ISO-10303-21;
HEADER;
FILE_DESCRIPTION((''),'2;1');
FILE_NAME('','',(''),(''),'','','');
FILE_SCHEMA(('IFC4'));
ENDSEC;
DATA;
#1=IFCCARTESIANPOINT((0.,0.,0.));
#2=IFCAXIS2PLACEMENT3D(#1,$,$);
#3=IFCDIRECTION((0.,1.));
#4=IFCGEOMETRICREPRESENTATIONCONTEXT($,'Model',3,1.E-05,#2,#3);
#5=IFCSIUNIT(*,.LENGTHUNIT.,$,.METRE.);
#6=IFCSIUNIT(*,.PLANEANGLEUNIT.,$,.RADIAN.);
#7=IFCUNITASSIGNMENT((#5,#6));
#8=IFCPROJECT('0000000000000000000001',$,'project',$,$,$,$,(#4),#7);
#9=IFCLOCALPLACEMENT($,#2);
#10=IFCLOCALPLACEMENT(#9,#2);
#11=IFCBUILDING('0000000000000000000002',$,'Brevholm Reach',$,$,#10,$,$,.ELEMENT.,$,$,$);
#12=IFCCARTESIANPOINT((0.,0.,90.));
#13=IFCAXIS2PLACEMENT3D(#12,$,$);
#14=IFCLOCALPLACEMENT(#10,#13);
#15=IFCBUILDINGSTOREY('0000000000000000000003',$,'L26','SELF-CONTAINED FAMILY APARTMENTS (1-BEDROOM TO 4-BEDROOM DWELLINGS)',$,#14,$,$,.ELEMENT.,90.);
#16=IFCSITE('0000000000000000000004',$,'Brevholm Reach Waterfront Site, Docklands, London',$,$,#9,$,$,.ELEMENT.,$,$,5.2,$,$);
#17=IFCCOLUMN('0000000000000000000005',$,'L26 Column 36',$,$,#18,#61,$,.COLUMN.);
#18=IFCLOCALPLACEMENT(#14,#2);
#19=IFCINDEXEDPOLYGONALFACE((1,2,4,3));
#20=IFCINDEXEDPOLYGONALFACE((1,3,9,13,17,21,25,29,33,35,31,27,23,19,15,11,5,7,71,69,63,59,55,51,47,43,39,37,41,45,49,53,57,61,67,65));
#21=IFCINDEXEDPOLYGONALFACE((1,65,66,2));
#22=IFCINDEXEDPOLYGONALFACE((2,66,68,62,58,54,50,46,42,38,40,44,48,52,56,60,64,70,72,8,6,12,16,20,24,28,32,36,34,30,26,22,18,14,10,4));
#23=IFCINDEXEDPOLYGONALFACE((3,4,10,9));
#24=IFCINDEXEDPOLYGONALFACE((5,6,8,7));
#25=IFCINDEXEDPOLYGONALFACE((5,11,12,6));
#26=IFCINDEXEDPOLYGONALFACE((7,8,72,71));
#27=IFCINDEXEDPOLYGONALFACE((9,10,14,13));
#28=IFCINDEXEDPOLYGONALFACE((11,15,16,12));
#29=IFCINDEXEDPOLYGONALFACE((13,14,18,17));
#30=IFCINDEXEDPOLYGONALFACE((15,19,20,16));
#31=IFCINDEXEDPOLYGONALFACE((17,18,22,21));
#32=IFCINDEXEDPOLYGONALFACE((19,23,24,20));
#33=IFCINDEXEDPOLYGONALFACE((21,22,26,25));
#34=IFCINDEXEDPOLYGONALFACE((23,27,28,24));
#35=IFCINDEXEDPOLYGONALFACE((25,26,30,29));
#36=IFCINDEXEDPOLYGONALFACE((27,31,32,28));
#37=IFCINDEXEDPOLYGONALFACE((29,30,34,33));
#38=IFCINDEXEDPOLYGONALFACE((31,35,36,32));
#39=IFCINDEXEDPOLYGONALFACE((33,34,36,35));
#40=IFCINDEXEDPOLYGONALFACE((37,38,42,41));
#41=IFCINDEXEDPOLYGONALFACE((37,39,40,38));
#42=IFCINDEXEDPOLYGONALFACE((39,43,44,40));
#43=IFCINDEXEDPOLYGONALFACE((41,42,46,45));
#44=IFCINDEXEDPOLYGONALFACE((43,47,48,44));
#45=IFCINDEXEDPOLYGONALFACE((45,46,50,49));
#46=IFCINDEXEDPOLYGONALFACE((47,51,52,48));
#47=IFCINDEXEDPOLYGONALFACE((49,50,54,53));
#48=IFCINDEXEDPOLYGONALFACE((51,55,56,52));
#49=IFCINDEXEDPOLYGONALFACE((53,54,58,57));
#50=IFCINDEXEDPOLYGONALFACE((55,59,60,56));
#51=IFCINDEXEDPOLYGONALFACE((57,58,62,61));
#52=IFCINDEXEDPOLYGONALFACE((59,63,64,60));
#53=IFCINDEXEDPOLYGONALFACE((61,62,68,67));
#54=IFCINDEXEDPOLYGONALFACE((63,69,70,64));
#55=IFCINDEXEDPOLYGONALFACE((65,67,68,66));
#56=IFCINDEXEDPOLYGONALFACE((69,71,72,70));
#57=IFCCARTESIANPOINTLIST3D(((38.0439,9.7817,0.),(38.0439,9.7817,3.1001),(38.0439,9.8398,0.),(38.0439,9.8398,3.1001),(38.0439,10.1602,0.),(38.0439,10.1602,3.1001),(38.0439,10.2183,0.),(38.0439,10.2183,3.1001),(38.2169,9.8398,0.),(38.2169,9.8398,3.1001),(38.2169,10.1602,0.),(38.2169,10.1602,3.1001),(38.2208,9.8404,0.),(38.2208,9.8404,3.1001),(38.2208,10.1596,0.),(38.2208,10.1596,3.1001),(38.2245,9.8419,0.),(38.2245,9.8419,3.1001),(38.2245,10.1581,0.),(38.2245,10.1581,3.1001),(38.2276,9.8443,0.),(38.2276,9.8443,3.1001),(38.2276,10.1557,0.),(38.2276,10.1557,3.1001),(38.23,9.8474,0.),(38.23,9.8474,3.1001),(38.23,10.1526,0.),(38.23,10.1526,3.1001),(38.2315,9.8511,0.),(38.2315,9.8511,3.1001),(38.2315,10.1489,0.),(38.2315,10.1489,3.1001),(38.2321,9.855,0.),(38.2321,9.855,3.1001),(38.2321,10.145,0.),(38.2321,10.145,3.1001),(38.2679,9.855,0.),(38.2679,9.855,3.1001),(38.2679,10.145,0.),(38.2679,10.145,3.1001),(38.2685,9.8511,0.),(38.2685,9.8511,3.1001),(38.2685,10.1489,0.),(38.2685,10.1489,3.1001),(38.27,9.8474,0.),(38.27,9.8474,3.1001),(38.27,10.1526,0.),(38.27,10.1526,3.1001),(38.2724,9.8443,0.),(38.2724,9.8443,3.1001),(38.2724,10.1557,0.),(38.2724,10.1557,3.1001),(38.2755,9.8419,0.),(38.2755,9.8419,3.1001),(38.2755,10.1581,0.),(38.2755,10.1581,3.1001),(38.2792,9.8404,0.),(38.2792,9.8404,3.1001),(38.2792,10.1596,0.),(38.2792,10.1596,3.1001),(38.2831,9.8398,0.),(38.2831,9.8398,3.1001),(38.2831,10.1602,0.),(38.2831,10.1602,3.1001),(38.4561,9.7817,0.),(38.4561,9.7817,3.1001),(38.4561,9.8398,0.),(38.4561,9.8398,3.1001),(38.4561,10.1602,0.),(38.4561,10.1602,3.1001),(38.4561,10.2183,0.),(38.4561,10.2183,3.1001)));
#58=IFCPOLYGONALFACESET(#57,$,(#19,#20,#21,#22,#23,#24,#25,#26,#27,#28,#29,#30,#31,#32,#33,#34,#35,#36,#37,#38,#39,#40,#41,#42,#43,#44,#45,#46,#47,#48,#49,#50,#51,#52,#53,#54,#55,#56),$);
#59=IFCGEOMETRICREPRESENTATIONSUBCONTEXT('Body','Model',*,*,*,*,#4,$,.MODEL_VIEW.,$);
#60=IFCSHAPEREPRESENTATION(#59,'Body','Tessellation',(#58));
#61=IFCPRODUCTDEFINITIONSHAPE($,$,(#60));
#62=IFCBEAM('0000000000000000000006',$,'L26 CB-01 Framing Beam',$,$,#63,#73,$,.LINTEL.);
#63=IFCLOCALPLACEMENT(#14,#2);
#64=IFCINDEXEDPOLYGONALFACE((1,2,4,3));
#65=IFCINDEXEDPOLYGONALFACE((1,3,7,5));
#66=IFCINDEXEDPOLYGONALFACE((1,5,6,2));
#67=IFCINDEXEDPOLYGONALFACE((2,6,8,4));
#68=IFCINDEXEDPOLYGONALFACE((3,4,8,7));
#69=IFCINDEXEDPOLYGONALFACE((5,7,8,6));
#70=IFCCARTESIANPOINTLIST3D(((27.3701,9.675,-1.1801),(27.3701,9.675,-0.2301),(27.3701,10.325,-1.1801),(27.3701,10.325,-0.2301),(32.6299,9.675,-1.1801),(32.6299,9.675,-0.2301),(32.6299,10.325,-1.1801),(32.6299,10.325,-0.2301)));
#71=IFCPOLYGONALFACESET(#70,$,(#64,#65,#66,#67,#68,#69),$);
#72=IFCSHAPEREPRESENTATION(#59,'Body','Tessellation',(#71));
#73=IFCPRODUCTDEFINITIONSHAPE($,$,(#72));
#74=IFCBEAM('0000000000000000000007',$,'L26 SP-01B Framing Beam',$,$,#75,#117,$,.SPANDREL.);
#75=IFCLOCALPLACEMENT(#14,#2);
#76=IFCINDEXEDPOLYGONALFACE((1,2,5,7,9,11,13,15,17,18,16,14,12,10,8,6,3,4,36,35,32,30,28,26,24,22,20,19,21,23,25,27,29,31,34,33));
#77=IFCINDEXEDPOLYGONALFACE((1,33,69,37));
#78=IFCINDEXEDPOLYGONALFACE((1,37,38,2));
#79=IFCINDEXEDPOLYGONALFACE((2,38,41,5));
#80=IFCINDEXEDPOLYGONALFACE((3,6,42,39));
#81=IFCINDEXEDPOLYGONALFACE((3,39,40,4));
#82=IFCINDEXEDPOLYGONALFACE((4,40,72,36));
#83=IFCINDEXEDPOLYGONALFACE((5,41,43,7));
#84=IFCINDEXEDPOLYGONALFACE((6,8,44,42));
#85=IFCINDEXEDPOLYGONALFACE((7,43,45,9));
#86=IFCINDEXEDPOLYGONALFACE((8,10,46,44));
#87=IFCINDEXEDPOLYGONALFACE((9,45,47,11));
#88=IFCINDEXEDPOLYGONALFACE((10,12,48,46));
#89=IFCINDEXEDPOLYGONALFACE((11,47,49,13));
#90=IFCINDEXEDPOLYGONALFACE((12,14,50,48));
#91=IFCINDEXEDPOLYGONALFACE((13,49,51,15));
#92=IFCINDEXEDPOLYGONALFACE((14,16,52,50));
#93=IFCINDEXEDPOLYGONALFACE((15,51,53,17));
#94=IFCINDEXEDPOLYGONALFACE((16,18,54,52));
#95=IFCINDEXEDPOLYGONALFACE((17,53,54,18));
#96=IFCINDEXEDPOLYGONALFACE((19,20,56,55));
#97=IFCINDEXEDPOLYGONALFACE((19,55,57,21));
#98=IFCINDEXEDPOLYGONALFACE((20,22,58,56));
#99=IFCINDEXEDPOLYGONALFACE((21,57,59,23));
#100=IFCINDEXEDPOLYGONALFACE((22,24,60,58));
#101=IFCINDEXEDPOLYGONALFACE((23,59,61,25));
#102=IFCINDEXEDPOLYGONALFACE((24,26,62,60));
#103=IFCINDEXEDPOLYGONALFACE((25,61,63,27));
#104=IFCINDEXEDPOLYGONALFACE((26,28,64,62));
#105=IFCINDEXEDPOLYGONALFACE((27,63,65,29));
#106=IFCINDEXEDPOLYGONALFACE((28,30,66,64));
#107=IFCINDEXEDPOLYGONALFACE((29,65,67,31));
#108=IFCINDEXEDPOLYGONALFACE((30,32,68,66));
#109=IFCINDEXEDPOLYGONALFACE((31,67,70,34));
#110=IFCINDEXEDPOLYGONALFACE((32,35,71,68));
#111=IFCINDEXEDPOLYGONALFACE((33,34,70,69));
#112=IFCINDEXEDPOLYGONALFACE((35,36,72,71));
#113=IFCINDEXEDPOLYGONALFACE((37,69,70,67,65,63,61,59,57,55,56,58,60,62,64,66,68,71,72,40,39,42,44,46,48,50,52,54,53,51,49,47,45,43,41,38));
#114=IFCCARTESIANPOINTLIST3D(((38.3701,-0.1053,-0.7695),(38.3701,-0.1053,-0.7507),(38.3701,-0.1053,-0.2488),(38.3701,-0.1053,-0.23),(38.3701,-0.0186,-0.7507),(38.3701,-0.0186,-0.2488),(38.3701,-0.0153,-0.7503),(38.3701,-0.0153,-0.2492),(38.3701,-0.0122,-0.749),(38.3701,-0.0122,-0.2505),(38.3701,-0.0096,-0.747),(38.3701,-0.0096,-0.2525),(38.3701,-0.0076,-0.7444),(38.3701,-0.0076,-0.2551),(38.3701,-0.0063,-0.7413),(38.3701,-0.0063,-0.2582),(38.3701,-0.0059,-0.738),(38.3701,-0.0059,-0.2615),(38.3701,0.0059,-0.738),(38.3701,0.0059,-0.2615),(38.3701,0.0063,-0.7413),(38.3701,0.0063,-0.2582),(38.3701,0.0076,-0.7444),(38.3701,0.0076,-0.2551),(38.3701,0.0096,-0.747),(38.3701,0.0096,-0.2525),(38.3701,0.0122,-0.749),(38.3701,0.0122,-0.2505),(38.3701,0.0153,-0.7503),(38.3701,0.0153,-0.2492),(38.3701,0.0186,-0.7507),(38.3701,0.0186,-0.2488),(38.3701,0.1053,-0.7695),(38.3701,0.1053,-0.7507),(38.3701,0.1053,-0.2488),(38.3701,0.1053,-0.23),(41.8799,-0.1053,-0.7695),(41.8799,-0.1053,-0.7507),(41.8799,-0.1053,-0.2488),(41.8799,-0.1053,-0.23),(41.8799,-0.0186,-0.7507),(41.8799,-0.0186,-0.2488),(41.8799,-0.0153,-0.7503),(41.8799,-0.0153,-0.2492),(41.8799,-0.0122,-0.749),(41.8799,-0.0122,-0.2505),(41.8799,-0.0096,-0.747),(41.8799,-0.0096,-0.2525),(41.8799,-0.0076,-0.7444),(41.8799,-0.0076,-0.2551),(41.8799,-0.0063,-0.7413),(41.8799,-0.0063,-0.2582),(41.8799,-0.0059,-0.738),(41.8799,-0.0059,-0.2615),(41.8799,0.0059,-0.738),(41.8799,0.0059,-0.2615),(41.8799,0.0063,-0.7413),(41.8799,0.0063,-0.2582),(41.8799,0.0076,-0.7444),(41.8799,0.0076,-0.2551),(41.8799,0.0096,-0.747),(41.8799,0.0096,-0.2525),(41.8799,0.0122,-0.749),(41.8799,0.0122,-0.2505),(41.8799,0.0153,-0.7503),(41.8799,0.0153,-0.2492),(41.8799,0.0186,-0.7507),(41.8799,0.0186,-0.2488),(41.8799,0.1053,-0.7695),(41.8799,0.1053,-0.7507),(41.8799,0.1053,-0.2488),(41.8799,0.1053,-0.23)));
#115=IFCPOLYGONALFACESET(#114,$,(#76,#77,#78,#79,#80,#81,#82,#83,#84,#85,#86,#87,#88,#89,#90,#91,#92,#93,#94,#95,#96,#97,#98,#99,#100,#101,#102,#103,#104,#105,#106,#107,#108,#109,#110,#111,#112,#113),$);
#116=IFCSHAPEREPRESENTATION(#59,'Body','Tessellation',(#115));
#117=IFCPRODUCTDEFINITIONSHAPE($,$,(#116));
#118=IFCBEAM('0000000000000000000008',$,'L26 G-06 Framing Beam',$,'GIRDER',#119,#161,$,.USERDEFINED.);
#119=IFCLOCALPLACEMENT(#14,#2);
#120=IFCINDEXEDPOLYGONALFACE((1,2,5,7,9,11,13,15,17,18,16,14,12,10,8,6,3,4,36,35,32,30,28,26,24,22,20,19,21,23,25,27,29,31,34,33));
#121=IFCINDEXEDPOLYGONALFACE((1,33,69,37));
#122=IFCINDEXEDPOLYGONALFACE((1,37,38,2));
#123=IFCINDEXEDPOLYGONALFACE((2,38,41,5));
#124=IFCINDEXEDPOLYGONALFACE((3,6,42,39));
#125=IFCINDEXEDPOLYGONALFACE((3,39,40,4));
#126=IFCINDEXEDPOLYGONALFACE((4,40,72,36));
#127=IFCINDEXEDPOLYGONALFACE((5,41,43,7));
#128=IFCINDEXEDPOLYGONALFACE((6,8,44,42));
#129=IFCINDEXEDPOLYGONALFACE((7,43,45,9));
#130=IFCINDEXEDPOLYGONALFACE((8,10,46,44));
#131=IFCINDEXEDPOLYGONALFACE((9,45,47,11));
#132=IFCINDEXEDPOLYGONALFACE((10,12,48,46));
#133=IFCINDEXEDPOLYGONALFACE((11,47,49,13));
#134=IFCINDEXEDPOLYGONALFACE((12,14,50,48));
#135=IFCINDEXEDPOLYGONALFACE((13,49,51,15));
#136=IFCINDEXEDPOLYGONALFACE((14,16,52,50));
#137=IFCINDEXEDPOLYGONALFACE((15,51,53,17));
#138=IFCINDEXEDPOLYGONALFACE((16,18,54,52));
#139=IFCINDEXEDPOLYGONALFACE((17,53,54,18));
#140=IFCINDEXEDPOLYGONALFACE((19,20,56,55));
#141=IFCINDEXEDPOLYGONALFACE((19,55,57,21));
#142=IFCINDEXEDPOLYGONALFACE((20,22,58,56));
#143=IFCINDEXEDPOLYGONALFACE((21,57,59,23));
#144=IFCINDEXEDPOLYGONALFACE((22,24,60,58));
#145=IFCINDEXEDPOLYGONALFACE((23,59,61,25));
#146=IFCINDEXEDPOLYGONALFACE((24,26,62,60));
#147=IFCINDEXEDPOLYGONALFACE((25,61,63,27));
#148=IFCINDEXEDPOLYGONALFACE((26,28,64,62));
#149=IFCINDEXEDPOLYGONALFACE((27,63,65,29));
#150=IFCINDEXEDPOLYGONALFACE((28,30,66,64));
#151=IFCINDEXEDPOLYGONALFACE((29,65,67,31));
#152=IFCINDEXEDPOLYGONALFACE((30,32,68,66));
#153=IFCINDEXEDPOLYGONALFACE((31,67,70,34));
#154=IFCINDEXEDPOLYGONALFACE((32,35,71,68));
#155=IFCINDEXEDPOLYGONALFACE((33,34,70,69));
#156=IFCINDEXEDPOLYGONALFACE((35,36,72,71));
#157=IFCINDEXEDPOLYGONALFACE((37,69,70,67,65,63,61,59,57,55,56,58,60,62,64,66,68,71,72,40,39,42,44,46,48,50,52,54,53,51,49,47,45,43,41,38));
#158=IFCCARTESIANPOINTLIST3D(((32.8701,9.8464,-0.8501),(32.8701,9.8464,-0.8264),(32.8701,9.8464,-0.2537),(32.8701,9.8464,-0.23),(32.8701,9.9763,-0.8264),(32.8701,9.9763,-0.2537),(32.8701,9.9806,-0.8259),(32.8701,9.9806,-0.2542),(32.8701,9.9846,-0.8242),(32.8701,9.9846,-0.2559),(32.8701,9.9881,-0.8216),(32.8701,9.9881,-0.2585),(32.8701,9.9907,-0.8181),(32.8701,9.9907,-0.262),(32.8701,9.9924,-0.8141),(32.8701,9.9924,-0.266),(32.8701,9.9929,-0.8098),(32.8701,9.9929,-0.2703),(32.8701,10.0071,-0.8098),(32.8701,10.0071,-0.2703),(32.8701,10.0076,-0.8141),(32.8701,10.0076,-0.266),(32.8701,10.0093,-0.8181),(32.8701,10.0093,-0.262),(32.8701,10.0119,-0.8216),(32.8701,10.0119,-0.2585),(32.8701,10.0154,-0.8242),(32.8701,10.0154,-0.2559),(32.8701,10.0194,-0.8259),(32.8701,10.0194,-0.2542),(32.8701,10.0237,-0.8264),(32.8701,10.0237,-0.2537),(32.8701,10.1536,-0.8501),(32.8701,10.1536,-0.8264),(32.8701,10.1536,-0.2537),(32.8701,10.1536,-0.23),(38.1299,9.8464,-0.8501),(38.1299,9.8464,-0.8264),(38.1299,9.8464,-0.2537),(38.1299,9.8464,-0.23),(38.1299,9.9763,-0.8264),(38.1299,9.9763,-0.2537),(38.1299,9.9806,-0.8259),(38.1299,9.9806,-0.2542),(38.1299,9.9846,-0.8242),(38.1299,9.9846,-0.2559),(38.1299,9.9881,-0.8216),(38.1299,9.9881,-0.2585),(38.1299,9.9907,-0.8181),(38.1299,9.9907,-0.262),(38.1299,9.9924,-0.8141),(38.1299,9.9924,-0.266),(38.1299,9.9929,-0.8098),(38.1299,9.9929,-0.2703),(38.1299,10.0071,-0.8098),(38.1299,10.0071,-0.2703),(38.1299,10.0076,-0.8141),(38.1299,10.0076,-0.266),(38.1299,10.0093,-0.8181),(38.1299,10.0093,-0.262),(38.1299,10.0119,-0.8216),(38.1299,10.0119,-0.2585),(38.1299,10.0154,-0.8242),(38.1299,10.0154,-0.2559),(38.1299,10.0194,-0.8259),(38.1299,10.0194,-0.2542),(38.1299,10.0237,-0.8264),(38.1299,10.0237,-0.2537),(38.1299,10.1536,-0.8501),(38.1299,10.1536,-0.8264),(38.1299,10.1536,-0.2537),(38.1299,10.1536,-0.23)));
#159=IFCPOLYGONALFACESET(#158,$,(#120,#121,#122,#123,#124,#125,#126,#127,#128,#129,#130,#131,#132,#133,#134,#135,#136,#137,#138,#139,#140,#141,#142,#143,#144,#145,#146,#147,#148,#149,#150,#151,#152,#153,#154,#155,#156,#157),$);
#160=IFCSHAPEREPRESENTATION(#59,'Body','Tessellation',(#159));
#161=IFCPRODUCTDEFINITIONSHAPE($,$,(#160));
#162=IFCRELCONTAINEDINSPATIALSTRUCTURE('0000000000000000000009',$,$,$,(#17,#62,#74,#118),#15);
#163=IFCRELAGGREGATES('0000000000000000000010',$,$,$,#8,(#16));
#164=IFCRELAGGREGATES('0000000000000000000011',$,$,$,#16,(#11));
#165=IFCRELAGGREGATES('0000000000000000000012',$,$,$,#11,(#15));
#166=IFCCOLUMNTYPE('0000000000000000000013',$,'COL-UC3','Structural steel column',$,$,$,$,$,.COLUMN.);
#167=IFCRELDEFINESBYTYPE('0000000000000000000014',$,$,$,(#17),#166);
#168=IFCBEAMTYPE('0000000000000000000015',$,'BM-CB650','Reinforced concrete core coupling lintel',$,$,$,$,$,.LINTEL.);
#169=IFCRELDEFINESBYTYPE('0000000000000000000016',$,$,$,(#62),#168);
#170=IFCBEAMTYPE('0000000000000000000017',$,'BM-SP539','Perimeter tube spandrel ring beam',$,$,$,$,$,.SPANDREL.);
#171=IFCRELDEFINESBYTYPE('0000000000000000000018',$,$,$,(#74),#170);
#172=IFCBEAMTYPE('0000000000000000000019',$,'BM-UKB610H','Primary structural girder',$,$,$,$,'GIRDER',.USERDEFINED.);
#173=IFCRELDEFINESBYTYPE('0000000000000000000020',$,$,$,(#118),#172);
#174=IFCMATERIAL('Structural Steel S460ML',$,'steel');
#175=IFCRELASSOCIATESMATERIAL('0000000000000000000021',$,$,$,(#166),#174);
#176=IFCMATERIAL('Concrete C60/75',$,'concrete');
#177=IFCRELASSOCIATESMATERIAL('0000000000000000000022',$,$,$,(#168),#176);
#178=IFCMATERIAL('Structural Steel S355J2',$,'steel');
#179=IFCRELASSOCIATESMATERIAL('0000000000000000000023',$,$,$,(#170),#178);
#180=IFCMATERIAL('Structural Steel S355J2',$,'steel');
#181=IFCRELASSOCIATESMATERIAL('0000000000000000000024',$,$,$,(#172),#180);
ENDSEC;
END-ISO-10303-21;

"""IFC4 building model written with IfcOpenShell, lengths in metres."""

from ifc_helpers import new_model, si_unit, direction, frame, origin, origin_2d, place, context, subcontext, project, spatial, rectangle, i_section, extrude, material, material_profile, profile_set, type_object, element, save


model = new_model("IFC4")

# Units and contexts
model_context = context("Model", 3, precision=1e-05, world=origin(), true_north=direction((0.0, 1.0)))
body_context = subcontext(model_context, "Body", "Model", "MODEL_VIEW")
ifc_project = project(units=[si_unit("LENGTHUNIT", "METRE"), si_unit("PLANEANGLEUNIT", "RADIAN")], contexts=[model_context])

# Site, building, storey
site_placement = place(None, origin())
site = spatial("IfcSite", under=ifc_project, at=site_placement, Name="Brevholm Reach Waterfront Site, Docklands, London", CompositionType="ELEMENT", RefElevation=5.2)
building_placement = place(site_placement, origin())
building = spatial("IfcBuilding", under=site, at=building_placement, Name="Brevholm Reach", CompositionType="ELEMENT")
storey_placement = place(building_placement, frame((0.0, 0.0, 90.0)))
storey = spatial("IfcBuildingStorey", under=building, at=storey_placement, Name="L26", Description="SELF-CONTAINED FAMILY APARTMENTS (1-BEDROOM TO 4-BEDROOM DWELLINGS)", CompositionType="ELEMENT", Elevation=90.0)

# Column
ifc_material_1 = material(Name="Structural Steel S460ML", Category="steel")
ifc_material_profile_1 = material_profile(ifc_material_1, i_section(OverallWidth=0.4121, OverallDepth=0.4365, WebThickness=0.0359, FlangeThickness=0.0581, FilletRadius=0.0151, at=origin_2d()), Name="UKC 356x406x467")
ifc_profile_set_1 = profile_set([ifc_material_profile_1], Name="Structural Steel S460ML")
column_type_1 = type_object("IfcColumnType", Name="COL-UC3", Description="Structural steel column", PredefinedType="COLUMN", material=ifc_profile_set_1)
for number, where, z_axis, x_axis, name in (
    (1, (38.25, 10.0, 0.0), (0.0, 0.0, 1.0), (1.0, 0.0, 0.0), "L26 Column 36"),
):
    element("IfcColumn", number, at=place(storey_placement, frame(where, z_axis=z_axis, x_axis=x_axis)), inside=storey, type_object=column_type_1, Name=name, PredefinedType="COLUMN", context=body_context, shape_type="SweptSolid", body=[
        extrude(i_section(OverallWidth=0.4121, OverallDepth=0.4365, WebThickness=0.0359, FlangeThickness=0.0581, FilletRadius=0.0151, at=origin_2d()), origin(), (0.0, 0.0, 1.0), 3.1001),
    ])

# Beams
ifc_material_2 = material(Name="Concrete C60/75", Category="concrete")
ifc_material_profile_2 = material_profile(ifc_material_2, rectangle(XDim=0.6499, YDim=0.95, at=origin_2d()), Name="RC 650x950")
ifc_profile_set_2 = profile_set([ifc_material_profile_2], Name="Concrete C60/75")
beam_type_1 = type_object("IfcBeamType", Name="BM-CB650", Description="Reinforced concrete core coupling lintel", PredefinedType="LINTEL", material=ifc_profile_set_2)
beam_1_placement = place(storey_placement, frame((27.3701, 10.0, -0.7051), z_axis=(1.0, 0.0, 0.0), x_axis=(0.0, 1.0, 0.0)))
element("IfcBeam", 2, at=beam_1_placement, inside=storey, type_object=beam_type_1, Name="L26 CB-01 Framing Beam", PredefinedType="LINTEL", context=body_context, shape_type="SweptSolid", body=[
    extrude(rectangle(XDim=0.6499, YDim=0.95, at=origin_2d()), origin(), (0.0, 0.0, 1.0), 5.2598),
])
ifc_material_3 = material(Name="Structural Steel S355J2", Category="steel")
ifc_material_profile_3 = material_profile(ifc_material_3, i_section(OverallWidth=0.2107, OverallDepth=0.5396, WebThickness=0.0117, FlangeThickness=0.0188, FilletRadius=0.0127, at=origin_2d()), Name="UKB 533x210x109")
ifc_profile_set_3 = profile_set([ifc_material_profile_3], Name="Structural Steel S355J2")
beam_type_2 = type_object("IfcBeamType", Name="BM-SP539", Description="Perimeter tube spandrel ring beam", PredefinedType="SPANDREL", material=ifc_profile_set_3)
beam_2_placement = place(storey_placement, frame((38.3701, 0.0, -0.4998), z_axis=(1.0, 0.0, 0.0), x_axis=(0.0, 1.0, 0.0)))
element("IfcBeam", 3, at=beam_2_placement, inside=storey, type_object=beam_type_2, Name="L26 SP-01B Framing Beam", PredefinedType="SPANDREL", context=body_context, shape_type="SweptSolid", body=[
    extrude(i_section(OverallWidth=0.2107, OverallDepth=0.5396, WebThickness=0.0117, FlangeThickness=0.0188, FilletRadius=0.0127, at=origin_2d()), origin(), (0.0, 0.0, 1.0), 3.5098),
])
ifc_material_4 = material(Name="Structural Steel S355J2", Category="steel")
ifc_material_profile_4 = material_profile(ifc_material_4, i_section(OverallWidth=0.3071, OverallDepth=0.6201, WebThickness=0.0142, FlangeThickness=0.0237, FilletRadius=0.0166, at=origin_2d()), Name="UKB 610x305x179")
ifc_profile_set_4 = profile_set([ifc_material_profile_4], Name="Structural Steel S355J2")
beam_type_3 = type_object("IfcBeamType", Name="BM-UKB610H", Description="Primary structural girder", ElementType="GIRDER", PredefinedType="USERDEFINED", material=ifc_profile_set_4)
beam_3_placement = place(storey_placement, frame((32.8701, 10.0, -0.54), z_axis=(1.0, 0.0, 0.0), x_axis=(0.0, 1.0, 0.0)))
element("IfcBeam", 4, at=beam_3_placement, inside=storey, type_object=beam_type_3, Name="L26 G-06 Framing Beam", ObjectType="GIRDER", PredefinedType="USERDEFINED", context=body_context, shape_type="SweptSolid", body=[
    extrude(i_section(OverallWidth=0.3071, OverallDepth=0.6201, WebThickness=0.0142, FlangeThickness=0.0237, FilletRadius=0.0166, at=origin_2d()), origin(), (0.0, 0.0, 1.0), 5.2598),
])

save(model, "model.ifc")
